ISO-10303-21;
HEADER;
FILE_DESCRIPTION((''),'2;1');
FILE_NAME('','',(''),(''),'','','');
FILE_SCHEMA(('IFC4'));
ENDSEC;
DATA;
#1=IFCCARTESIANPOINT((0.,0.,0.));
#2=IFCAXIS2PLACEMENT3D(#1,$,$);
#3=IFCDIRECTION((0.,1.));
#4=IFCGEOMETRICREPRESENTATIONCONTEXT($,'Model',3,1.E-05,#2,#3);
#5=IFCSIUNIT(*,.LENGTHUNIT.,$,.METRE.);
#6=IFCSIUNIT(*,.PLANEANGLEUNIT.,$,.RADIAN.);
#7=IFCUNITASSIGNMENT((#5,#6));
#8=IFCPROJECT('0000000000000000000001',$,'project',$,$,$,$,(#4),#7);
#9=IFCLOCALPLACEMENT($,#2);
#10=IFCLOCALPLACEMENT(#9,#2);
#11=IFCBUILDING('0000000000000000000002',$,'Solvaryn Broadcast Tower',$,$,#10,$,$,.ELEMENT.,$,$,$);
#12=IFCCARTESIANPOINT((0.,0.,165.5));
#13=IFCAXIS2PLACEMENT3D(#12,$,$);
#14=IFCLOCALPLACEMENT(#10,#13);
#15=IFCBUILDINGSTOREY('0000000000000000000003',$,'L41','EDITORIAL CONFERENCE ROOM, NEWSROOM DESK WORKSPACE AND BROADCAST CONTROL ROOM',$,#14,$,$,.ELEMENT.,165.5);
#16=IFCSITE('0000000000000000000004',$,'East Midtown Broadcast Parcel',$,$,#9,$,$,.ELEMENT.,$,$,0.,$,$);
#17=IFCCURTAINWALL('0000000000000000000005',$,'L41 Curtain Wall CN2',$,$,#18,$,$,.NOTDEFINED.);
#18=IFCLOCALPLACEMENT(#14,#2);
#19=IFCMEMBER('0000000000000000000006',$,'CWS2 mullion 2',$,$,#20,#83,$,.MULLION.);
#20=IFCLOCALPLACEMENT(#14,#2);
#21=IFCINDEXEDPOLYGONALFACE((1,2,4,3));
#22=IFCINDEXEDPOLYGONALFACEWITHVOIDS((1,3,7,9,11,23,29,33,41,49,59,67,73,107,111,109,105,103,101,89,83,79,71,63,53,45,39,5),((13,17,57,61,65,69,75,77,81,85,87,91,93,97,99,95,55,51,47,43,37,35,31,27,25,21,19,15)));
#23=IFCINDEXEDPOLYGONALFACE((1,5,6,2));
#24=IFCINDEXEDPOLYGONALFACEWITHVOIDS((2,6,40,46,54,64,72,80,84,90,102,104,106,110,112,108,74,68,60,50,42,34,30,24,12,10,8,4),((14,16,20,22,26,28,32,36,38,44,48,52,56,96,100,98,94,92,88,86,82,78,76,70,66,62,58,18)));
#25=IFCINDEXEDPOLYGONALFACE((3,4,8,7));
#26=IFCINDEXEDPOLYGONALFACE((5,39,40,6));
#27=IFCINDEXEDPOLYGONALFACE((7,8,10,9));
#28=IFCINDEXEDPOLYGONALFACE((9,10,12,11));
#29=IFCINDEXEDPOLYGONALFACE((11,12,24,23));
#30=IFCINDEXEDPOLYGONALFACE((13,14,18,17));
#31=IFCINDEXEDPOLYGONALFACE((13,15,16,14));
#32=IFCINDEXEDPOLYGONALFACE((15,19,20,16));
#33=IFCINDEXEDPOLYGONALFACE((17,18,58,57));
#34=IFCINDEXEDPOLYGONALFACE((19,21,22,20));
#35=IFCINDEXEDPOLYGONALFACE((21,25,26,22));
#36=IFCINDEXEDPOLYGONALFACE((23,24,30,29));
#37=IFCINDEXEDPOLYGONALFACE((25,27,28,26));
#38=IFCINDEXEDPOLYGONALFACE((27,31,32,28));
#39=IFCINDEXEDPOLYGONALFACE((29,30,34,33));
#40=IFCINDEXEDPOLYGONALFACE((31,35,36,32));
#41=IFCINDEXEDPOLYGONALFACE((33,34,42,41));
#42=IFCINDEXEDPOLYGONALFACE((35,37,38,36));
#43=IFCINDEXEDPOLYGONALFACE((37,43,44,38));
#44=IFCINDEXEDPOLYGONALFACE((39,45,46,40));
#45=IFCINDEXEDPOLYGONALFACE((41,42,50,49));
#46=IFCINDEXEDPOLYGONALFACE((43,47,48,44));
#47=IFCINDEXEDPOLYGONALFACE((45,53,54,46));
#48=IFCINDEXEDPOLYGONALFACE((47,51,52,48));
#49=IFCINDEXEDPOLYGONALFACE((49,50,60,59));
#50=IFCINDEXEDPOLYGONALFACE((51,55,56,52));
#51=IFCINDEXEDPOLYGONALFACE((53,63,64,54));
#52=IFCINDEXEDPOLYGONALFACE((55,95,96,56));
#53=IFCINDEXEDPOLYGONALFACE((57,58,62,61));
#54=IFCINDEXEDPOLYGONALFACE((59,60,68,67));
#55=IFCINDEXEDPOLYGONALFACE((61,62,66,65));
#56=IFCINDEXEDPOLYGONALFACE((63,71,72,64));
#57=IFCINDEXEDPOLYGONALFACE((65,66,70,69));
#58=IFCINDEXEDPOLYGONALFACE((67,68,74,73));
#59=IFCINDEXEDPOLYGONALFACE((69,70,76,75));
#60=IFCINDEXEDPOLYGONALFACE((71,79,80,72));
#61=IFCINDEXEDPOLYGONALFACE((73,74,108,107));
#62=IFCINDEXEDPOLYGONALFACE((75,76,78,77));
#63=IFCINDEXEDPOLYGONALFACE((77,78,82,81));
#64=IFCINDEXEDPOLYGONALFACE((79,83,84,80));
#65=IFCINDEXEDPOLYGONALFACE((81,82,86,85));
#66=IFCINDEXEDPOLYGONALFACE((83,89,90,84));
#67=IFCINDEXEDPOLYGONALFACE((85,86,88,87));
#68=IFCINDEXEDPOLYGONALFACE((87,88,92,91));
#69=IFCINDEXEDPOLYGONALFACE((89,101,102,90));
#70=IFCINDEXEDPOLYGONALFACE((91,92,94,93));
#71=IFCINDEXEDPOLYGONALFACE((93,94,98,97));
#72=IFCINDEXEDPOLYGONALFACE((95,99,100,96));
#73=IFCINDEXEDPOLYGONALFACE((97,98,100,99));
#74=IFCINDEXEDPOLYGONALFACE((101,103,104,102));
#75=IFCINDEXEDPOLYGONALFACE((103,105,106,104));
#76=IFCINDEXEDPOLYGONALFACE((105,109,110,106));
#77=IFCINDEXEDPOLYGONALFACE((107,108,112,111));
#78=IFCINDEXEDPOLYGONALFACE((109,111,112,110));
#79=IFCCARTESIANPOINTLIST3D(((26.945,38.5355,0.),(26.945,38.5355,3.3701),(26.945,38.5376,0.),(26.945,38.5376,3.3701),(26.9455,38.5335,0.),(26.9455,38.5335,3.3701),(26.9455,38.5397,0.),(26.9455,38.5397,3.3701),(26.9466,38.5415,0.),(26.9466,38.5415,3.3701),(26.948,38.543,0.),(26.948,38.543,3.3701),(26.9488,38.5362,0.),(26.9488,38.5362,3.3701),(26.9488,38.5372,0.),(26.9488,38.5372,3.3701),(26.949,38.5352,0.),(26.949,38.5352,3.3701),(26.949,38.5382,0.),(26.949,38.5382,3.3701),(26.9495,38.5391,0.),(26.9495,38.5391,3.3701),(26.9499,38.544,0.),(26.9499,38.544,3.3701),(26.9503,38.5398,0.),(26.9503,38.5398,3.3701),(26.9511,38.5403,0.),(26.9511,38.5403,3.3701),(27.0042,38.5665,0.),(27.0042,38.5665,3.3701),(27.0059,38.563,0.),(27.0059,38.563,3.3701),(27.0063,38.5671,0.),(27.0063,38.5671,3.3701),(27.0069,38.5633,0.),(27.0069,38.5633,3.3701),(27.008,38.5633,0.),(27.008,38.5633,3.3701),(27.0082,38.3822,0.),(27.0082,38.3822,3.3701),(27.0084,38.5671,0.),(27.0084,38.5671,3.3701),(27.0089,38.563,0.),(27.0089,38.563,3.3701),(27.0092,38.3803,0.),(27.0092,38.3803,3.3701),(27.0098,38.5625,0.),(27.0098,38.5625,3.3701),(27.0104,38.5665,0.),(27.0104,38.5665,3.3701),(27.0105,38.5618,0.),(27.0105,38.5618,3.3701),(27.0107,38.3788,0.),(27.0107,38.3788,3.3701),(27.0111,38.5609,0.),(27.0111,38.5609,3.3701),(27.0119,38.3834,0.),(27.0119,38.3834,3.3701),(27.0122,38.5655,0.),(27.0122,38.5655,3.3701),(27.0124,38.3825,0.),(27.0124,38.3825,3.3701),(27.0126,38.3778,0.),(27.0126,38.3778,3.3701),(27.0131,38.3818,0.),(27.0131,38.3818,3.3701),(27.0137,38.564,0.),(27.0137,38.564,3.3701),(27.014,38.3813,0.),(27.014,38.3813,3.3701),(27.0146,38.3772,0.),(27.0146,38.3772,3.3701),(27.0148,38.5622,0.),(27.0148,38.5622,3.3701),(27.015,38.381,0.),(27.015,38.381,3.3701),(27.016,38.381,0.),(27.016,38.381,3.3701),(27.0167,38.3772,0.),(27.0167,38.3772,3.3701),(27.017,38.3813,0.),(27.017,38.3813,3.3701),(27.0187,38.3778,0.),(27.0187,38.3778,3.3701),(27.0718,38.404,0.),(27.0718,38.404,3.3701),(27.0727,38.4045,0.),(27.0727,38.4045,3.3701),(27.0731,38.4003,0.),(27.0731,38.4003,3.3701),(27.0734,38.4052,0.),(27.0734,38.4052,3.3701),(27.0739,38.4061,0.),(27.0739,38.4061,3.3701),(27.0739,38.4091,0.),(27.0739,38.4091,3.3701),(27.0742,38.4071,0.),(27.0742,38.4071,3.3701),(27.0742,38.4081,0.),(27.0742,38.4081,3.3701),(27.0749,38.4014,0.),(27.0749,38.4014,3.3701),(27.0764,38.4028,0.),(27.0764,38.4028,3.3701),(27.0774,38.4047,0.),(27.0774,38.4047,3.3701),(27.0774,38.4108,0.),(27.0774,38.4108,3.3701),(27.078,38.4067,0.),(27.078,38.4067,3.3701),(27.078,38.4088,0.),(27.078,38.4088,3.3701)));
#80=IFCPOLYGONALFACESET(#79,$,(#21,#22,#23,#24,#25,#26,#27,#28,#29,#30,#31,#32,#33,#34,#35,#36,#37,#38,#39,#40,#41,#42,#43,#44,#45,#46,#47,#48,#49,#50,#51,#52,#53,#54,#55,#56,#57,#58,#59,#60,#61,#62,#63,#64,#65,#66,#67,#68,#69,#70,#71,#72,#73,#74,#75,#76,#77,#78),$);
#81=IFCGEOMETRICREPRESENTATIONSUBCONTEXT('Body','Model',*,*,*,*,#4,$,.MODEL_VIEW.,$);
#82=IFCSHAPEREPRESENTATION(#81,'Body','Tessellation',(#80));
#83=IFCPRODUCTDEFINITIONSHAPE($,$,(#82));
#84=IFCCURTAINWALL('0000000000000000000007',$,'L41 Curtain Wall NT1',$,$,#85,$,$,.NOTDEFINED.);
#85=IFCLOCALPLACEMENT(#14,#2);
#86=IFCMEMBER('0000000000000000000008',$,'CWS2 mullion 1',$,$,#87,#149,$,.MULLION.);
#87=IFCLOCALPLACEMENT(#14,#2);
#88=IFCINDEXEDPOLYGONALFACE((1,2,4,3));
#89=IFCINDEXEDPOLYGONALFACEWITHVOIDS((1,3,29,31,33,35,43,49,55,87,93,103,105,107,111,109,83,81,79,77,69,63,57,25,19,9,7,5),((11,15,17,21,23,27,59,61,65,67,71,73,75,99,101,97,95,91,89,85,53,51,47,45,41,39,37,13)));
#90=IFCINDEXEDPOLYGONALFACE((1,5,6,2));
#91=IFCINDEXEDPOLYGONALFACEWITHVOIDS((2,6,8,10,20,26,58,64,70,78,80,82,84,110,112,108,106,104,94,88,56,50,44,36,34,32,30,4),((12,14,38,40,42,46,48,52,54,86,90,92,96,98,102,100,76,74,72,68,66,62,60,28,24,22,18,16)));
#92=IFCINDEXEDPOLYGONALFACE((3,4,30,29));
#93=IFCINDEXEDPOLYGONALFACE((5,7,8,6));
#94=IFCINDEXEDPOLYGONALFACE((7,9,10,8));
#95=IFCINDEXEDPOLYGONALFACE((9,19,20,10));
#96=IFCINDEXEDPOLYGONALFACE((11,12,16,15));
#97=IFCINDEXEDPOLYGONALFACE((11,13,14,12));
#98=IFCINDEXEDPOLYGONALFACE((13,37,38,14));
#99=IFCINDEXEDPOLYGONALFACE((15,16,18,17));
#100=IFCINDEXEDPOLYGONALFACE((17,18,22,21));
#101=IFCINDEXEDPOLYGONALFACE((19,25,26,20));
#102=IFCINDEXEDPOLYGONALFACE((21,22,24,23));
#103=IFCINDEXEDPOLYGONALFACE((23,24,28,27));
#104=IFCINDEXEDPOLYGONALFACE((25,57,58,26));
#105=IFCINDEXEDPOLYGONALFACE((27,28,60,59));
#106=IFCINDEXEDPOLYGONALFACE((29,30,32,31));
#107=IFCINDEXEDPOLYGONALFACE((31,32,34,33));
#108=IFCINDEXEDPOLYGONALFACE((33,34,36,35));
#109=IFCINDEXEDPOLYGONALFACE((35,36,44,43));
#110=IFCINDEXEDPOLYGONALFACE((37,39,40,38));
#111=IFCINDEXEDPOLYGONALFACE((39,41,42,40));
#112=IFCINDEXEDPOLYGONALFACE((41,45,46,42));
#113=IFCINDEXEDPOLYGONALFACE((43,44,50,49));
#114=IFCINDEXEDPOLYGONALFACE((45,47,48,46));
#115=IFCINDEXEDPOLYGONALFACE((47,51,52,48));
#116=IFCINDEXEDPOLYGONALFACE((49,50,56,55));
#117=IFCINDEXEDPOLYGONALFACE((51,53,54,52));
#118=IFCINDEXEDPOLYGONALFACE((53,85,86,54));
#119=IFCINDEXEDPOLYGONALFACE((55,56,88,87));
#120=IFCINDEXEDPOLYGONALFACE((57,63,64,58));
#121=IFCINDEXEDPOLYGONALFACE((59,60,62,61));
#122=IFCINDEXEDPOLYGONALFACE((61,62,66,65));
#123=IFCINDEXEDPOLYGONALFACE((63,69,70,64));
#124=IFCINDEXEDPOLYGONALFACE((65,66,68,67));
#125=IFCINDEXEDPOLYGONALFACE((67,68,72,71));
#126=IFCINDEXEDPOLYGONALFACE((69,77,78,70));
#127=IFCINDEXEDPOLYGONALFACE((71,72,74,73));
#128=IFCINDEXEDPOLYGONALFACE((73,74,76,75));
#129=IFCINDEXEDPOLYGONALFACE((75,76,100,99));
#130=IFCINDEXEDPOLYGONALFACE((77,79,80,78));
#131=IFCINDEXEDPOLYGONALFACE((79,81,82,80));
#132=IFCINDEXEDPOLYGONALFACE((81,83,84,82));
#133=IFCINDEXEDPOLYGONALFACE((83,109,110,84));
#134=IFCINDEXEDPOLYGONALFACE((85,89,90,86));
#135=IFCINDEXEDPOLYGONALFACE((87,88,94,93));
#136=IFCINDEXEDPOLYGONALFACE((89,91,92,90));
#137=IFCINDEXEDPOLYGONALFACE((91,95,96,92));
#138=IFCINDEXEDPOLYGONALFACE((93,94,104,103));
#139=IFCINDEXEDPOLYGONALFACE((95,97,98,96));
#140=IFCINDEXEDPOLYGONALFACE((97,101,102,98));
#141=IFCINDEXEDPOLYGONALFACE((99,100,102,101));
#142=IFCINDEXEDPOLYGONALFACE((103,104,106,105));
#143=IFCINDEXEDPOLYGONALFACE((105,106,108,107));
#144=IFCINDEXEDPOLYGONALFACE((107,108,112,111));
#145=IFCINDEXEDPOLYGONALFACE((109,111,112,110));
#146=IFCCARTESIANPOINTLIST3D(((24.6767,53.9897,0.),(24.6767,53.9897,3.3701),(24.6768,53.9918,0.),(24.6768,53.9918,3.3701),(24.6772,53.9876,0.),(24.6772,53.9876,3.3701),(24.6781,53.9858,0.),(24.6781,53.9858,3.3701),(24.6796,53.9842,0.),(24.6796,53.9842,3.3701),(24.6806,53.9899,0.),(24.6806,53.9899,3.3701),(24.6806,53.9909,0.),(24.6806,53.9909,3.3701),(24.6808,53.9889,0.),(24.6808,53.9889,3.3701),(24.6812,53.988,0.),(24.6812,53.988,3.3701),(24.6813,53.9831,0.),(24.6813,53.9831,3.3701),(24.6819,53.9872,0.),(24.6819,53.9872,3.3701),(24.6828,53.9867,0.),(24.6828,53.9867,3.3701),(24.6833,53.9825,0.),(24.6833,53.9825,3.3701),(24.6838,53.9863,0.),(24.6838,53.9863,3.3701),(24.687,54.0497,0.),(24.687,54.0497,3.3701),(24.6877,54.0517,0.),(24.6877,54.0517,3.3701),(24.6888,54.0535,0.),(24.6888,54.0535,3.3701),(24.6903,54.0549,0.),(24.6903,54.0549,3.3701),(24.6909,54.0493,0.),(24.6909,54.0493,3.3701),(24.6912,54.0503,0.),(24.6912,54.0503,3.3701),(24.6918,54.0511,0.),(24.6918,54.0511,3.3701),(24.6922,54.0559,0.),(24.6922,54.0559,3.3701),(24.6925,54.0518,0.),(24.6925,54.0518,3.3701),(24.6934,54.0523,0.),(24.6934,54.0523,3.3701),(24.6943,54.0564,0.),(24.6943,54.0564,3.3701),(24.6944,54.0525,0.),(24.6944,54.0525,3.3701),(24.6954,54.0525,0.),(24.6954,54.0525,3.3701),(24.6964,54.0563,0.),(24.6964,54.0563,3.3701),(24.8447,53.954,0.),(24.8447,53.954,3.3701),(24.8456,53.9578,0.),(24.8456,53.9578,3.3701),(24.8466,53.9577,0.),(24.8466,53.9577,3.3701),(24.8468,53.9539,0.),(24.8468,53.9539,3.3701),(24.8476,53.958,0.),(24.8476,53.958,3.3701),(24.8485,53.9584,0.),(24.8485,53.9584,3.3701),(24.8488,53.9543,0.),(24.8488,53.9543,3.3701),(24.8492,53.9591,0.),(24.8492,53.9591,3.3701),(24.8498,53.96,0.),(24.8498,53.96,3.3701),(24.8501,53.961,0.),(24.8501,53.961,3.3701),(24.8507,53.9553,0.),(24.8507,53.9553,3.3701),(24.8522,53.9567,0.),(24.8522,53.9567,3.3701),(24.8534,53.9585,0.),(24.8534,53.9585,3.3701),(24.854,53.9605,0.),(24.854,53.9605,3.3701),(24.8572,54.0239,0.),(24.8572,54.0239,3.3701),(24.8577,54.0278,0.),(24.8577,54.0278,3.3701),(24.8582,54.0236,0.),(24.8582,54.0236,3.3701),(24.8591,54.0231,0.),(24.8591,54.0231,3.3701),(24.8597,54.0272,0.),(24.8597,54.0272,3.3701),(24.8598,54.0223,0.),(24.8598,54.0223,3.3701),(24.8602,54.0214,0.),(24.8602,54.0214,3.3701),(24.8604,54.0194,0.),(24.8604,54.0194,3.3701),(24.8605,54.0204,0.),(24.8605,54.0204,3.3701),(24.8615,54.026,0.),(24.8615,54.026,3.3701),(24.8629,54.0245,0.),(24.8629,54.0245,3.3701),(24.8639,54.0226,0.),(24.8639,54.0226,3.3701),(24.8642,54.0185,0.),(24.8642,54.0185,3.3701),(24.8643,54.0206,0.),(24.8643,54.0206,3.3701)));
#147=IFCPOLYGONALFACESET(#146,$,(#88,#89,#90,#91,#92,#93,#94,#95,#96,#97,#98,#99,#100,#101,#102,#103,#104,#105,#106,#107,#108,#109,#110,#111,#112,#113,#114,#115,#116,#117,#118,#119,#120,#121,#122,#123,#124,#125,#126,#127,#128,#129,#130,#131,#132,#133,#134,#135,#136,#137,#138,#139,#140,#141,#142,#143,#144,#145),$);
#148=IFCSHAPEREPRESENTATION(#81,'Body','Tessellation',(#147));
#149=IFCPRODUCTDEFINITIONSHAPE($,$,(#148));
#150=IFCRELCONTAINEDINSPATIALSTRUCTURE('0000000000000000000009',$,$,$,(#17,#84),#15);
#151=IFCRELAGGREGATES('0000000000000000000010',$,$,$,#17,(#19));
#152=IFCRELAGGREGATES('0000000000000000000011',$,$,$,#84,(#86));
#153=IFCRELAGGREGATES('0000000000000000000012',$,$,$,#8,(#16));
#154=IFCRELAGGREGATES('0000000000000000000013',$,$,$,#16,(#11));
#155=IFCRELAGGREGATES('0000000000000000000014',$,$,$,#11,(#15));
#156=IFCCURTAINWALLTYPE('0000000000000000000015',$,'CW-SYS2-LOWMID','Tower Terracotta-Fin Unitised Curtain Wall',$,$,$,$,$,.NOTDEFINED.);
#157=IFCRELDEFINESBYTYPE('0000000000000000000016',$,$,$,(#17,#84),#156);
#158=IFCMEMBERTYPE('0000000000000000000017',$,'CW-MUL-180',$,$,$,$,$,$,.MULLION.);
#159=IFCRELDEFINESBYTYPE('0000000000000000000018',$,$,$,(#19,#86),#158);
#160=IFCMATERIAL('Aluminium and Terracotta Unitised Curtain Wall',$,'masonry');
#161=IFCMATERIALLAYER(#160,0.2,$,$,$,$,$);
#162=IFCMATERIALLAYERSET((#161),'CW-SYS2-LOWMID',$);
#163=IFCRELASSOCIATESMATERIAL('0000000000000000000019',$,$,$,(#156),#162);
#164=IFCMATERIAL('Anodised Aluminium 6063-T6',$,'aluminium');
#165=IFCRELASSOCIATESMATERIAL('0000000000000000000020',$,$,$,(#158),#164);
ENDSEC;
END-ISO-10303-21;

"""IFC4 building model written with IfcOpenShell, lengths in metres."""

from ifc_helpers import new_model, si_unit, direction, frame, origin, origin_2d, place, context, subcontext, project, spatial, hollow_rectangle, extrude, material, layer, layer_set, material_profile, profile_set, type_object, element, aggregate, save


model = new_model("IFC4")

# Units and contexts
model_context = context("Model", 3, precision=1e-05, world=origin(), true_north=direction((0.0, 1.0)))
body_context = subcontext(model_context, "Body", "Model", "MODEL_VIEW")
ifc_project = project(units=[si_unit("LENGTHUNIT", "METRE"), si_unit("PLANEANGLEUNIT", "RADIAN")], contexts=[model_context])

# Site, building, storey
site_placement = place(None, origin())
site = spatial("IfcSite", under=ifc_project, at=site_placement, Name="East Midtown Broadcast Parcel", CompositionType="ELEMENT", RefElevation=0.0)
building_placement = place(site_placement, origin())
building = spatial("IfcBuilding", under=site, at=building_placement, Name="Solvaryn Broadcast Tower", CompositionType="ELEMENT")
storey_placement = place(building_placement, frame((0.0, 0.0, 165.5)))
storey = spatial("IfcBuildingStorey", under=building, at=storey_placement, Name="L41", Description="EDITORIAL CONFERENCE ROOM, NEWSROOM DESK WORKSPACE AND BROADCAST CONTROL ROOM", CompositionType="ELEMENT", Elevation=165.5)

# Shared definitions
ifc_material_1 = material(Name="Aluminium and Terracotta Unitised Curtain Wall", Category="masonry")
ifc_layer_1 = layer(ifc_material_1, 0.2)
ifc_layer_set_1 = layer_set([ifc_layer_1], Name="CW-SYS2-LOWMID")
curtain_wall_type = type_object("IfcCurtainWallType", Name="CW-SYS2-LOWMID", Description="Tower Terracotta-Fin Unitised Curtain Wall", PredefinedType="NOTDEFINED", material=ifc_layer_set_1)
ifc_material_2 = material(Name="Anodised Aluminium 6063-T6", Category="aluminium")
ifc_material_profile_1 = material_profile(ifc_material_2, hollow_rectangle(XDim=0.075, YDim=0.1799, WallThickness=0.0039, InnerFilletRadius=0.0039, OuterFilletRadius=0.0081, at=origin_2d()))
ifc_profile_set_1 = profile_set([ifc_material_profile_1], Name="Anodised Aluminium 6063-T6")
member_type_1 = type_object("IfcMemberType", Name="CW-MUL-180", PredefinedType="MULLION", material=ifc_profile_set_1)

# Curtain walls, members
curtain_wall_1_placement = place(storey_placement, origin())
curtain_wall_1 = element("IfcCurtainWall", 1, at=curtain_wall_1_placement, inside=storey, type_object=curtain_wall_type, Name="L41 Curtain Wall CN2", PredefinedType="NOTDEFINED")
member_1_placement = place(storey_placement, frame((27.0115, 38.4722, 0.0), z_axis=(0.0, 0.0, 1.0), x_axis=(-0.923895, -0.382646, 0.0)))
member_1 = element("IfcMember", 2, at=member_1_placement, type_object=member_type_1, Name="CWS2 mullion 2", PredefinedType="MULLION", context=body_context, shape_type="SweptSolid", body=[
    extrude(hollow_rectangle(XDim=0.075, YDim=0.1799, WallThickness=0.0039, InnerFilletRadius=0.0039, OuterFilletRadius=0.0081, at=origin_2d()), origin(), (0.0, 0.0, 1.0), 3.3701),
])
aggregate(curtain_wall_1, [member_1])
curtain_wall_2_placement = place(storey_placement, origin())
curtain_wall_2 = element("IfcCurtainWall", 3, at=curtain_wall_2_placement, inside=storey, type_object=curtain_wall_type, Name="L41 Curtain Wall NT1", PredefinedType="NOTDEFINED")
member_2_placement = place(storey_placement, frame((24.7705, 54.0051, 0.0), z_axis=(0.0, 0.0, 1.0), x_axis=(-0.173785, -0.984784, 0.0)))
member_2 = element("IfcMember", 4, at=member_2_placement, type_object=member_type_1, Name="CWS2 mullion 1", PredefinedType="MULLION", context=body_context, shape_type="SweptSolid", body=[
    extrude(hollow_rectangle(XDim=0.075, YDim=0.1799, WallThickness=0.0039, InnerFilletRadius=0.0039, OuterFilletRadius=0.0081, at=origin_2d()), origin(), (0.0, 0.0, 1.0), 3.3701),
])

aggregate(curtain_wall_2, [member_2])

save(model, "model.ifc")
